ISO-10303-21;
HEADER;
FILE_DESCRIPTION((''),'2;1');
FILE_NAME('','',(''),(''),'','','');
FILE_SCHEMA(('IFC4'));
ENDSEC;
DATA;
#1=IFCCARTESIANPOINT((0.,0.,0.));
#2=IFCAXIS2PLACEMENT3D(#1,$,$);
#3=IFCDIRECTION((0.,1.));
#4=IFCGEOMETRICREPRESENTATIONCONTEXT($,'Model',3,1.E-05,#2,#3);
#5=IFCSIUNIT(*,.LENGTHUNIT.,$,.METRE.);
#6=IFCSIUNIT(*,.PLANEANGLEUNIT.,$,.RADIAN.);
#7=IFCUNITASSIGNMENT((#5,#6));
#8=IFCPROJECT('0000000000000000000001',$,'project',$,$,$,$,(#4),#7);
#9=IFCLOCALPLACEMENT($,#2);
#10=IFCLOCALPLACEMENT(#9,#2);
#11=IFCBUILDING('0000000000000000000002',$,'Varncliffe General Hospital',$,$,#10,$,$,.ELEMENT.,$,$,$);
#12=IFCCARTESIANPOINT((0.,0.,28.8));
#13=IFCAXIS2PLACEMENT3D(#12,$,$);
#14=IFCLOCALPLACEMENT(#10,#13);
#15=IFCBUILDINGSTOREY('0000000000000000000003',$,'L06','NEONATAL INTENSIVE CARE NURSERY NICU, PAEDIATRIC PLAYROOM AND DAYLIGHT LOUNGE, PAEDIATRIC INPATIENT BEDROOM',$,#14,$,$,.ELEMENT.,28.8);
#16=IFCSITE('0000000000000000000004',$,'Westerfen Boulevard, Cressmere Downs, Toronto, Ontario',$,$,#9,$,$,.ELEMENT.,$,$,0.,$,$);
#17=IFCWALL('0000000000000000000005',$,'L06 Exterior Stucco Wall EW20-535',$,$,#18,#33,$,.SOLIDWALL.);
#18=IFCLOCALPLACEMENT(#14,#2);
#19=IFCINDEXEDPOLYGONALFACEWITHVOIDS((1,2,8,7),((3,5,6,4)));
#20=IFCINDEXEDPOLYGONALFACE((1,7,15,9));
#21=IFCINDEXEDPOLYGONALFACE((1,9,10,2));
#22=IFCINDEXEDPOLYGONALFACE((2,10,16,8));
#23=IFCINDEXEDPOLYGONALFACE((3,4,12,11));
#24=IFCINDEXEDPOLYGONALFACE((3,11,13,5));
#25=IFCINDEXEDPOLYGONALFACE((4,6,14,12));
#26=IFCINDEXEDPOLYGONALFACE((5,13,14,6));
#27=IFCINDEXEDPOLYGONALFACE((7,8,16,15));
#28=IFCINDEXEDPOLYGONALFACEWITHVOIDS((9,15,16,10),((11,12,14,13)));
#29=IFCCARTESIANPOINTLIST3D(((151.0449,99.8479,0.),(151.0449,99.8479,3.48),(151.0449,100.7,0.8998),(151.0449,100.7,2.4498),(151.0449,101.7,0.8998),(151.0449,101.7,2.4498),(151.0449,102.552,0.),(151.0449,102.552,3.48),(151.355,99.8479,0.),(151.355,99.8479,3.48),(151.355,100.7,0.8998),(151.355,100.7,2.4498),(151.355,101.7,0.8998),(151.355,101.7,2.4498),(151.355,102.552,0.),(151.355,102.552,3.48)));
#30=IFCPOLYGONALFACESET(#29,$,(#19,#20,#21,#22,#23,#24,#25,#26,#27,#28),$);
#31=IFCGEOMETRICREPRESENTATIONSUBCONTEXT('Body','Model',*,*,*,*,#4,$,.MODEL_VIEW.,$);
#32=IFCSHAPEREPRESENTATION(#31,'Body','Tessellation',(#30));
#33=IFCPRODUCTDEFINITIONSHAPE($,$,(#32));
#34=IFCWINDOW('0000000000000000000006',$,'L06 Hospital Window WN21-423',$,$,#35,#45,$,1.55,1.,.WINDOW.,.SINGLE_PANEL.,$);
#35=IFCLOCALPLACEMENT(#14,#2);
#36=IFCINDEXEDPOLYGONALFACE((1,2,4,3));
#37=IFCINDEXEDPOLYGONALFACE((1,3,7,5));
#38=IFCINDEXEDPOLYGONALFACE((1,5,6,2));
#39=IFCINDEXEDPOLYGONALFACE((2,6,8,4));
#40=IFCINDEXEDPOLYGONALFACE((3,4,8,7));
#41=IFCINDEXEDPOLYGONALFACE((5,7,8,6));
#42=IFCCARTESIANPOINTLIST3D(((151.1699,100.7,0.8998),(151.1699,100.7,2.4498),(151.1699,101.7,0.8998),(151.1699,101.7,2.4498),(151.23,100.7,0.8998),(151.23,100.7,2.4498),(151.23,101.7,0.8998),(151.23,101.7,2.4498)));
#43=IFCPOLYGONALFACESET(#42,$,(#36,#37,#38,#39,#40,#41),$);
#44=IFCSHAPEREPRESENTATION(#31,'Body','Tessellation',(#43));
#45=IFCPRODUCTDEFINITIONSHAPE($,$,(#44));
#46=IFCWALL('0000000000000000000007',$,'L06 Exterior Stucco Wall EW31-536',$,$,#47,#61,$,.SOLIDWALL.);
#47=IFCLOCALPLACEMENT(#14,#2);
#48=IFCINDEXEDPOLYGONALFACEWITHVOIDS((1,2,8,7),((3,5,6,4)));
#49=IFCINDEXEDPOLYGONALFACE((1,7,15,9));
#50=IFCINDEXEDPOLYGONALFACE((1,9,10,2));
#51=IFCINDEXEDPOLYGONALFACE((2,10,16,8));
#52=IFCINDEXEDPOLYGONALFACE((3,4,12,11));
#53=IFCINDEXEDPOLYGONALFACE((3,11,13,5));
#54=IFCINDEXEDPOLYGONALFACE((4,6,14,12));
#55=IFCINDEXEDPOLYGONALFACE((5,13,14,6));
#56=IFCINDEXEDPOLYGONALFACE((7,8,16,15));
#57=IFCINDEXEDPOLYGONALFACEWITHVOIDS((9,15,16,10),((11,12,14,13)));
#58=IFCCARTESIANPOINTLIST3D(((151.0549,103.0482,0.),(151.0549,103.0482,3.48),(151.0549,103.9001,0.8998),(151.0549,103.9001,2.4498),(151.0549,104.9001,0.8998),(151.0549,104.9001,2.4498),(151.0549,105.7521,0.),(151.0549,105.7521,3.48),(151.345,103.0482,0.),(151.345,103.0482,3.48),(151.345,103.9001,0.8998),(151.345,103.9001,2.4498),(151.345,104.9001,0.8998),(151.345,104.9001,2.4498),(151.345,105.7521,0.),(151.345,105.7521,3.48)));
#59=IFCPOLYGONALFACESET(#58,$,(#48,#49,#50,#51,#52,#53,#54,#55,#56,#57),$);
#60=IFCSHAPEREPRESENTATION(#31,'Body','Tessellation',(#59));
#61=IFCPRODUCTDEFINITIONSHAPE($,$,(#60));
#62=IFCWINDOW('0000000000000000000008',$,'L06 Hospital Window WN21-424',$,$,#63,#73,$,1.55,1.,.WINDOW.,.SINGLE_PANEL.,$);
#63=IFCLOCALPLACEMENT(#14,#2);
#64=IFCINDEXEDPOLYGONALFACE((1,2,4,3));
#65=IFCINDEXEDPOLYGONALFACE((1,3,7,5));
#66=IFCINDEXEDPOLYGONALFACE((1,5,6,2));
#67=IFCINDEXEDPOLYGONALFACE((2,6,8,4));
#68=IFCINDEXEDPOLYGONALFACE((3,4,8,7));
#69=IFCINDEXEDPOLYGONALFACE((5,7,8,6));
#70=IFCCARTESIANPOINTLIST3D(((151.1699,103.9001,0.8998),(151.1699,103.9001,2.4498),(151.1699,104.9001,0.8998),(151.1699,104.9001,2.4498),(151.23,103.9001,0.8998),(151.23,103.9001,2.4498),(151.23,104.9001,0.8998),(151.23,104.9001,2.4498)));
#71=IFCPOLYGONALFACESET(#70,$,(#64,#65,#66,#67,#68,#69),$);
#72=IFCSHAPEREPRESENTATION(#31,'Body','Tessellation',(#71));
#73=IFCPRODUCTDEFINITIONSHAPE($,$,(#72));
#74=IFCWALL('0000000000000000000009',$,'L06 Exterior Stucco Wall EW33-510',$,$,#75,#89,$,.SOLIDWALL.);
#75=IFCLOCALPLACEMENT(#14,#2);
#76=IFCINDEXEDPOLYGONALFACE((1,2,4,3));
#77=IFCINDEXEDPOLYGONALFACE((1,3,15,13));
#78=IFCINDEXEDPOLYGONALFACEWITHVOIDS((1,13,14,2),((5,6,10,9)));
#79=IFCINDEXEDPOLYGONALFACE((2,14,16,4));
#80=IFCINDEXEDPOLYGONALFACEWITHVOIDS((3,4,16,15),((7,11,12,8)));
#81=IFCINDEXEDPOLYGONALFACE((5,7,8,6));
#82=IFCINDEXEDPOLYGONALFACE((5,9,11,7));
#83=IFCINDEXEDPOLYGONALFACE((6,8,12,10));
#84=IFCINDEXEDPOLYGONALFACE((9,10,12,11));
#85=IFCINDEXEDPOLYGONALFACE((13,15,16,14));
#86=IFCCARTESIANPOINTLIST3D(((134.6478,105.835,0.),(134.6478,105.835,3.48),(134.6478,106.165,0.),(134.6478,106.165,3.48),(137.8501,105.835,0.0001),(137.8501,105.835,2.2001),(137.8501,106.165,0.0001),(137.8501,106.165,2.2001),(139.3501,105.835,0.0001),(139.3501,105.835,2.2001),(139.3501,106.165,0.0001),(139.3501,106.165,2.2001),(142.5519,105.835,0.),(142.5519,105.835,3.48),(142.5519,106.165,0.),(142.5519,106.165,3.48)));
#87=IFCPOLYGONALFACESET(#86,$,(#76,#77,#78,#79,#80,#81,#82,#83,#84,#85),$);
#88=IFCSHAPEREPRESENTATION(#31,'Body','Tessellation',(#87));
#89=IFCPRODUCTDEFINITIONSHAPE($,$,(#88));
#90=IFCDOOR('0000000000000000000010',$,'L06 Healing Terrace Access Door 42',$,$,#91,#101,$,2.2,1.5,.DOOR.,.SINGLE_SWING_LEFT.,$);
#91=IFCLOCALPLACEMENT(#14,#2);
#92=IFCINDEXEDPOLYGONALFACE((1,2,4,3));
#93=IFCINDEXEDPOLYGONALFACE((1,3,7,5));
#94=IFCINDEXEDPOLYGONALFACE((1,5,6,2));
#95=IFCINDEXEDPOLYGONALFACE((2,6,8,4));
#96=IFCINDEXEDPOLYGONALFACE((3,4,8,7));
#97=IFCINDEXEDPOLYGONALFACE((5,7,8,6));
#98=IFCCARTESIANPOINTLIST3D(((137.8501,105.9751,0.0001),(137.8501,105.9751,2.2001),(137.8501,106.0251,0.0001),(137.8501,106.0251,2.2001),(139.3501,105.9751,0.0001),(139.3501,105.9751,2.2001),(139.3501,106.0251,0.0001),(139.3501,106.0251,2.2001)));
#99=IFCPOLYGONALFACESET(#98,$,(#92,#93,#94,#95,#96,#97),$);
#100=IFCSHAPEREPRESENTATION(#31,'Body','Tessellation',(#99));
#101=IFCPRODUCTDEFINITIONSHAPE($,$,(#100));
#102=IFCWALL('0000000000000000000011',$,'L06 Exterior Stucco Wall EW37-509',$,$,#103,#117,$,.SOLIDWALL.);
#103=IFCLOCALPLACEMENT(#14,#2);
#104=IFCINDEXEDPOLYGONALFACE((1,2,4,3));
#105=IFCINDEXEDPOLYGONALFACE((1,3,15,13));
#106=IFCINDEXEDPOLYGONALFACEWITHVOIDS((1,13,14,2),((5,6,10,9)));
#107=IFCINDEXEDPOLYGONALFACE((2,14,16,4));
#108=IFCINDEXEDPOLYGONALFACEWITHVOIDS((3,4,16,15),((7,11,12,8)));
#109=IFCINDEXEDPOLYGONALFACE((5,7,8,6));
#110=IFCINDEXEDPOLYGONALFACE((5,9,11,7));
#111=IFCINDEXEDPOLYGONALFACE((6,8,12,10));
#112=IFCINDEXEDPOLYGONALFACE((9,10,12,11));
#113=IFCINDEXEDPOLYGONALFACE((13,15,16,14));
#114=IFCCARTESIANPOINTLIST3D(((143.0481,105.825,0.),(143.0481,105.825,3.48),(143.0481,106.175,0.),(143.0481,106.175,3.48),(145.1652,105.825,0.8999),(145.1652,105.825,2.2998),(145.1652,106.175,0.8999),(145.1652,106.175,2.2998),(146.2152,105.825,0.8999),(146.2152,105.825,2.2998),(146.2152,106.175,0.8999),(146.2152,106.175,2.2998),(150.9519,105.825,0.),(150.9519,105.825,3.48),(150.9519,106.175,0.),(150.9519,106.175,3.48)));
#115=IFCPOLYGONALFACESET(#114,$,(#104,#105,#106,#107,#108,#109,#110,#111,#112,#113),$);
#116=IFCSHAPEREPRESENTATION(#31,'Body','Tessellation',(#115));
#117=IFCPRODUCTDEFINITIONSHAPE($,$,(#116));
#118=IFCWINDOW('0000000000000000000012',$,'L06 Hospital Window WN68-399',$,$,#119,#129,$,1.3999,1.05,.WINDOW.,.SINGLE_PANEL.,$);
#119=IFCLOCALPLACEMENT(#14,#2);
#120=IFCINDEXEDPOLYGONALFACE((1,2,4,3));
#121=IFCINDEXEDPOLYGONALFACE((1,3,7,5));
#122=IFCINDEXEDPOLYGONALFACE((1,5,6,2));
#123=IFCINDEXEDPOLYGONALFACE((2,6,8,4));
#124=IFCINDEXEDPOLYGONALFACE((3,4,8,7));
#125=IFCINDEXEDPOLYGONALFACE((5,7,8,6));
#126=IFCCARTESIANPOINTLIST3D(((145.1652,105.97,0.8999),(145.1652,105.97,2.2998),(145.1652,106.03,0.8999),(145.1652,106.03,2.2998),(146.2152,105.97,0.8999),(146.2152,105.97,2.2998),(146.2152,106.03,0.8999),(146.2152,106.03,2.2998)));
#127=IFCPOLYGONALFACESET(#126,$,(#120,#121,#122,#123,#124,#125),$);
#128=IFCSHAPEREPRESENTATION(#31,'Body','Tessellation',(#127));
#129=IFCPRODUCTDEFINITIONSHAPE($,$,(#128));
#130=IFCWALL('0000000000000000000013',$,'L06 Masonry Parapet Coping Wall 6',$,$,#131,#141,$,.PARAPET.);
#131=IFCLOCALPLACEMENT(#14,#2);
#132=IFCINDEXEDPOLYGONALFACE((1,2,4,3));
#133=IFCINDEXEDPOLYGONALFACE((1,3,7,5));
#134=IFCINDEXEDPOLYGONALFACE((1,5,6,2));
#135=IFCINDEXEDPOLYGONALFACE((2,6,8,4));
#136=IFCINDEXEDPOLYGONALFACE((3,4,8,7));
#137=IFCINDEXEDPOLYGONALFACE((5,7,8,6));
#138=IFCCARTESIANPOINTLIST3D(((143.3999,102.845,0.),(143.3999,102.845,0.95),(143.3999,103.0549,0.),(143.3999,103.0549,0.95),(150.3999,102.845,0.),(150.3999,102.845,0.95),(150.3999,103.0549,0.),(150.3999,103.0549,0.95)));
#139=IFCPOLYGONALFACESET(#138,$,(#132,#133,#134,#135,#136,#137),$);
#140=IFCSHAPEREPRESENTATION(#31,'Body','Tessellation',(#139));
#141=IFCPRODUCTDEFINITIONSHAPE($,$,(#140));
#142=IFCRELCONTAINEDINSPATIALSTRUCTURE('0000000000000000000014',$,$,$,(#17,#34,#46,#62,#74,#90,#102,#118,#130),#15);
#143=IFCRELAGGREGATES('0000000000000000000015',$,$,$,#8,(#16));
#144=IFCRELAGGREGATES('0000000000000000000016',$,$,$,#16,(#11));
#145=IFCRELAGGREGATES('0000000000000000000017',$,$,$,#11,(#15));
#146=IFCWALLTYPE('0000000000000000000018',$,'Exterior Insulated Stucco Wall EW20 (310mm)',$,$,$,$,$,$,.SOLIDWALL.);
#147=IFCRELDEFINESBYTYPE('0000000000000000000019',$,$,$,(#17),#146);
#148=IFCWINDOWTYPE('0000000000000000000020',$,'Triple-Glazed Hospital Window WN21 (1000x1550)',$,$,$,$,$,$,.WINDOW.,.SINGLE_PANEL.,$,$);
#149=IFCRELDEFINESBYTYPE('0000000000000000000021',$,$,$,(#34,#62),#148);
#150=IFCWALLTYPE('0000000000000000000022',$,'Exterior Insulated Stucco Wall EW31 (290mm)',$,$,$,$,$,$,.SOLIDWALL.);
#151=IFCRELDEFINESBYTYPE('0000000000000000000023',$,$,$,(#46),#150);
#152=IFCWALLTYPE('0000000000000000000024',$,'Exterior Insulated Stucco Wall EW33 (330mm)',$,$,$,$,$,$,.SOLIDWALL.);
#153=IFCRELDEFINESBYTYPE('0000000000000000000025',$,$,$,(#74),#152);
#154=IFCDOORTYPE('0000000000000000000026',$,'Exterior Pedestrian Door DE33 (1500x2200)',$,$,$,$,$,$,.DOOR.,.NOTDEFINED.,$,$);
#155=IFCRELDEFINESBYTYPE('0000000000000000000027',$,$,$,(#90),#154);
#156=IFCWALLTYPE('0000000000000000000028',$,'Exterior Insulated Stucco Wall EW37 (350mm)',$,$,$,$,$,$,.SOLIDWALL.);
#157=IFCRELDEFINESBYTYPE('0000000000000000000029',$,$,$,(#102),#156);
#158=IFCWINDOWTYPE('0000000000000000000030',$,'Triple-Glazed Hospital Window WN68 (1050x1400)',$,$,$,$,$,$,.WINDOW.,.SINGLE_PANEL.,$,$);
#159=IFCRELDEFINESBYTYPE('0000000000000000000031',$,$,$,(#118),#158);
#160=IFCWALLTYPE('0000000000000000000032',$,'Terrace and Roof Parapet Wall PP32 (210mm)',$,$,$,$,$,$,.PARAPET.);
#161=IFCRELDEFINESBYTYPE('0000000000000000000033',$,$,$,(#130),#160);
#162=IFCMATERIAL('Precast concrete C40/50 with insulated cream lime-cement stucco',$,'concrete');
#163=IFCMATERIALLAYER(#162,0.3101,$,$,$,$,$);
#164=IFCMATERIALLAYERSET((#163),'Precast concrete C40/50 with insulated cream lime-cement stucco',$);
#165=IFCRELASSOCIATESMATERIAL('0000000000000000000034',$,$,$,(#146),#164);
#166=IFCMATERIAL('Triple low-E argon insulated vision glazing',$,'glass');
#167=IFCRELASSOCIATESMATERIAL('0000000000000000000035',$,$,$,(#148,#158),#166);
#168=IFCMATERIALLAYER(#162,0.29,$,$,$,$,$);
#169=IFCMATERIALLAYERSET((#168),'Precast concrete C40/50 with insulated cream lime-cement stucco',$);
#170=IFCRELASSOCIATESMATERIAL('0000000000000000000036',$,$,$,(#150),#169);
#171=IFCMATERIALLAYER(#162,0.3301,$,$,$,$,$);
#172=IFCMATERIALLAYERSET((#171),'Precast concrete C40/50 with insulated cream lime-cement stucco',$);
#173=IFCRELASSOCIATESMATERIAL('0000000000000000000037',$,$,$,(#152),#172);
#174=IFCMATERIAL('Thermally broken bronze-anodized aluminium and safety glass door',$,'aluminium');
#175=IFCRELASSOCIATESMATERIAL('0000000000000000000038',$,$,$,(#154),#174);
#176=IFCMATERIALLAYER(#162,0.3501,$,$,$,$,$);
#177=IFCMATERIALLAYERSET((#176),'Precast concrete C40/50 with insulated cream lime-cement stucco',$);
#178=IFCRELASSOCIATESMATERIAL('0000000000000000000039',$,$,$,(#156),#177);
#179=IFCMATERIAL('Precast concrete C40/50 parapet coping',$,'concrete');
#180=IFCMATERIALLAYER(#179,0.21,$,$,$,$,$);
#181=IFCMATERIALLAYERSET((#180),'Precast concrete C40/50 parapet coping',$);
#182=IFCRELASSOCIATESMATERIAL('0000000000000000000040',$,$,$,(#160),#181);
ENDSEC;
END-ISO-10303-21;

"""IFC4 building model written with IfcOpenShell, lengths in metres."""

from ifc_helpers import new_model, si_unit, direction, frame, frame_2d, origin, place, context, subcontext, project, spatial, rectangle, extrude, material, layer, layer_set, type_object, element, fill, save


model = new_model("IFC4")

# Units and contexts
model_context = context("Model", 3, precision=1e-05, world=origin(), true_north=direction((0.0, 1.0)))
body_context = subcontext(model_context, "Body", "Model", "MODEL_VIEW")
ifc_project = project(units=[si_unit("LENGTHUNIT", "METRE"), si_unit("PLANEANGLEUNIT", "RADIAN")], contexts=[model_context])

# Site, building, storey
site_placement = place(None, origin())
site = spatial("IfcSite", under=ifc_project, at=site_placement, Name="Westerfen Boulevard, Cressmere Downs, Toronto, Ontario", CompositionType="ELEMENT", RefElevation=0.0)
building_placement = place(site_placement, origin())
building = spatial("IfcBuilding", under=site, at=building_placement, Name="Varncliffe General Hospital", CompositionType="ELEMENT")
storey_placement = place(building_placement, frame((0.0, 0.0, 28.8)))
storey = spatial("IfcBuildingStorey", under=building, at=storey_placement, Name="L06", Description="NEONATAL INTENSIVE CARE NURSERY NICU, PAEDIATRIC PLAYROOM AND DAYLIGHT LOUNGE, PAEDIATRIC INPATIENT BEDROOM", CompositionType="ELEMENT", Elevation=28.8)

# Walls, openings, windows
ifc_material_1 = material(Name="Precast concrete C40/50 with insulated cream lime-cement stucco", Category="concrete")
ifc_layer_1 = layer(ifc_material_1, 0.3101)
ifc_layer_set_1 = layer_set([ifc_layer_1], Name="Precast concrete C40/50 with insulated cream lime-cement stucco")
wall_type_1 = type_object("IfcWallType", Name="Exterior Insulated Stucco Wall EW20 (310mm)", PredefinedType="SOLIDWALL", material=ifc_layer_set_1)
wall_1_placement = place(storey_placement, frame((151.2, 99.8479, 0.0), z_axis=(0.0, 0.0, 1.0), x_axis=(0.0, 1.0, 0.0)))
wall_1 = element("IfcWall", 1, at=wall_1_placement, inside=storey, type_object=wall_type_1, Name="L06 Exterior Stucco Wall EW20-535", PredefinedType="SOLIDWALL", context=body_context, shape_type="SweptSolid", body=[
    extrude(rectangle(XDim=2.7041, YDim=0.3101, at=frame_2d((1.3521, 0.0))), origin(), (0.0, 0.0, 1.0), 3.48),
])
opening_1_placement = place(wall_1_placement, frame((0.8521, 0.0, 0.8999)))
opening_1 = element("IfcOpeningElement", 2, at=opening_1_placement, cuts=wall_1, PredefinedType="OPENING", context=body_context, shape_type="SweptSolid", body=[
    extrude(rectangle(XDim=1.0, YDim=1.55, at=frame_2d((0.5, 0.7749))), frame((0.0, 0.165, 0.0), z_axis=(0.0, -1.0, 0.0), x_axis=(1.0, 0.0, 0.0)), (0.0, 0.0, 1.0), 0.3301),
])
ifc_material_2 = material(Name="Triple low-E argon insulated vision glazing", Category="glass")
window_type_1 = type_object("IfcWindowType", Name="Triple-Glazed Hospital Window WN21 (1000x1550)", PartitioningType="SINGLE_PANEL", PredefinedType="WINDOW", material=ifc_material_2)
window_1_placement = place(opening_1_placement, origin())
window_1 = element("IfcWindow", 3, at=window_1_placement, inside=storey, type_object=window_type_1, Name="L06 Hospital Window WN21-423", OverallHeight=1.55, OverallWidth=1.0, PartitioningType="SINGLE_PANEL", PredefinedType="WINDOW", context=body_context, shape_type="SweptSolid", body=[
    extrude(rectangle(XDim=1.0, YDim=1.55, at=frame_2d((0.5, 0.7749))), frame((0.0, 0.03, 0.0), z_axis=(0.0, -1.0, 0.0), x_axis=(1.0, 0.0, 0.0)), (0.0, 0.0, 1.0), 0.0601),
])
fill(opening_1, window_1)
ifc_layer_2 = layer(ifc_material_1, 0.29)
ifc_layer_set_2 = layer_set([ifc_layer_2], Name="Precast concrete C40/50 with insulated cream lime-cement stucco")
wall_type_2 = type_object("IfcWallType", Name="Exterior Insulated Stucco Wall EW31 (290mm)", PredefinedType="SOLIDWALL", material=ifc_layer_set_2)
wall_2_placement = place(storey_placement, frame((151.2, 103.0481, 0.0), z_axis=(0.0, 0.0, 1.0), x_axis=(0.0, 1.0, 0.0)))
wall_2 = element("IfcWall", 4, at=wall_2_placement, inside=storey, type_object=wall_type_2, Name="L06 Exterior Stucco Wall EW31-536", PredefinedType="SOLIDWALL", context=body_context, shape_type="SweptSolid", body=[
    extrude(rectangle(XDim=2.7039, YDim=0.29, at=frame_2d((1.3521, 0.0))), origin(), (0.0, 0.0, 1.0), 3.48),
])
opening_2_placement = place(wall_2_placement, frame((0.8521, 0.0, 0.8999)))
opening_2 = element("IfcOpeningElement", 5, at=opening_2_placement, cuts=wall_2, PredefinedType="OPENING", context=body_context, shape_type="SweptSolid", body=[
    extrude(rectangle(XDim=1.0, YDim=1.55, at=frame_2d((0.5, 0.7749))), frame((0.0, 0.155, 0.0), z_axis=(0.0, -1.0, 0.0), x_axis=(1.0, 0.0, 0.0)), (0.0, 0.0, 1.0), 0.3101),
])
window_2_placement = place(opening_2_placement, origin())
window_2 = element("IfcWindow", 6, at=window_2_placement, inside=storey, type_object=window_type_1, Name="L06 Hospital Window WN21-424", OverallHeight=1.55, OverallWidth=1.0, PartitioningType="SINGLE_PANEL", PredefinedType="WINDOW", context=body_context, shape_type="SweptSolid", body=[
    extrude(rectangle(XDim=1.0, YDim=1.55, at=frame_2d((0.5, 0.7749))), frame((0.0, 0.03, 0.0), z_axis=(0.0, -1.0, 0.0), x_axis=(1.0, 0.0, 0.0)), (0.0, 0.0, 1.0), 0.0601),
])
fill(opening_2, window_2)

# Wall, opening, door
ifc_layer_3 = layer(ifc_material_1, 0.3301)
ifc_layer_set_3 = layer_set([ifc_layer_3], Name="Precast concrete C40/50 with insulated cream lime-cement stucco")
wall_type_3 = type_object("IfcWallType", Name="Exterior Insulated Stucco Wall EW33 (330mm)", PredefinedType="SOLIDWALL", material=ifc_layer_set_3)
wall_3_placement = place(storey_placement, frame((142.552, 106.0, 0.0), z_axis=(0.0, 0.0, 1.0), x_axis=(-1.0, 0.0, 0.0)))
wall_3 = element("IfcWall", 7, at=wall_3_placement, inside=storey, type_object=wall_type_3, Name="L06 Exterior Stucco Wall EW33-510", PredefinedType="SOLIDWALL", context=body_context, shape_type="SweptSolid", body=[
    extrude(rectangle(XDim=7.9041, YDim=0.3301, at=frame_2d((3.9521, 0.0))), origin(), (0.0, 0.0, 1.0), 3.48),
])
opening_3_placement = place(wall_3_placement, frame((3.2019, 0.0, 0.0)))
opening_3 = element("IfcOpeningElement", 8, at=opening_3_placement, cuts=wall_3, PredefinedType="OPENING", context=body_context, shape_type="SweptSolid", body=[
    extrude(rectangle(XDim=1.5, YDim=2.2, at=frame_2d((0.75, 1.1001))), frame((0.0, 0.175, 0.0), z_axis=(0.0, -1.0, 0.0), x_axis=(1.0, 0.0, 0.0)), (0.0, 0.0, 1.0), 0.3501),
])
ifc_material_3 = material(Name="Thermally broken bronze-anodized aluminium and safety glass door", Category="aluminium")
door_type_1 = type_object("IfcDoorType", Name="Exterior Pedestrian Door DE33 (1500x2200)", OperationType="NOTDEFINED", PredefinedType="DOOR", material=ifc_material_3)
door_1_placement = place(opening_3_placement, origin())
door_1 = element("IfcDoor", 9, at=door_1_placement, inside=storey, type_object=door_type_1, Name="L06 Healing Terrace Access Door 42", OperationType="SINGLE_SWING_LEFT", OverallHeight=2.2, OverallWidth=1.5, PredefinedType="DOOR", context=body_context, shape_type="SweptSolid", body=[
    extrude(rectangle(XDim=1.5, YDim=2.2, at=frame_2d((0.75, 1.1001))), frame((0.0, 0.0249, 0.0), z_axis=(0.0, -1.0, 0.0), x_axis=(1.0, 0.0, 0.0)), (0.0, 0.0, 1.0), 0.05),
])
fill(opening_3, door_1)

# Wall, opening, window
ifc_layer_4 = layer(ifc_material_1, 0.3501)
ifc_layer_set_4 = layer_set([ifc_layer_4], Name="Precast concrete C40/50 with insulated cream lime-cement stucco")
wall_type_4 = type_object("IfcWallType", Name="Exterior Insulated Stucco Wall EW37 (350mm)", PredefinedType="SOLIDWALL", material=ifc_layer_set_4)
wall_4_placement = place(storey_placement, frame((150.9519, 106.0, 0.0), z_axis=(0.0, 0.0, 1.0), x_axis=(-1.0, 0.0, 0.0)))
wall_4 = element("IfcWall", 10, at=wall_4_placement, inside=storey, type_object=wall_type_4, Name="L06 Exterior Stucco Wall EW37-509", PredefinedType="SOLIDWALL", context=body_context, shape_type="SweptSolid", body=[
    extrude(rectangle(XDim=7.9038, YDim=0.3501, at=frame_2d((3.9519, 0.0))), origin(), (0.0, 0.0, 1.0), 3.48),
])
opening_4_placement = place(wall_4_placement, frame((4.7368, 0.0, 0.8999)))
opening_4 = element("IfcOpeningElement", 11, at=opening_4_placement, cuts=wall_4, PredefinedType="OPENING", context=body_context, shape_type="SweptSolid", body=[
    extrude(rectangle(XDim=1.05, YDim=1.3999, at=frame_2d((0.5249, 0.7))), frame((0.0, 0.1851, 0.0), z_axis=(0.0, -1.0, 0.0), x_axis=(1.0, 0.0, 0.0)), (0.0, 0.0, 1.0), 0.3701),
])
window_type_2 = type_object("IfcWindowType", Name="Triple-Glazed Hospital Window WN68 (1050x1400)", PartitioningType="SINGLE_PANEL", PredefinedType="WINDOW", material=ifc_material_2)
window_3_placement = place(opening_4_placement, origin())
window_3 = element("IfcWindow", 12, at=window_3_placement, inside=storey, type_object=window_type_2, Name="L06 Hospital Window WN68-399", OverallHeight=1.3999, OverallWidth=1.05, PartitioningType="SINGLE_PANEL", PredefinedType="WINDOW", context=body_context, shape_type="SweptSolid", body=[
    extrude(rectangle(XDim=1.05, YDim=1.3999, at=frame_2d((0.5249, 0.7))), frame((0.0, 0.03, 0.0), z_axis=(0.0, -1.0, 0.0), x_axis=(1.0, 0.0, 0.0)), (0.0, 0.0, 1.0), 0.0601),
])
fill(opening_4, window_3)

# Wall
ifc_material_4 = material(Name="Precast concrete C40/50 parapet coping", Category="concrete")
ifc_layer_5 = layer(ifc_material_4, 0.21)
ifc_layer_set_5 = layer_set([ifc_layer_5], Name="Precast concrete C40/50 parapet coping")
wall_type_5 = type_object("IfcWallType", Name="Terrace and Roof Parapet Wall PP32 (210mm)", PredefinedType="PARAPET", material=ifc_layer_set_5)
wall_5_placement = place(storey_placement, frame((143.3999, 102.95, 0.0), z_axis=(0.0, 0.0, 1.0), x_axis=(1.0, 0.0, 0.0)))
element("IfcWall", 13, at=wall_5_placement, inside=storey, type_object=wall_type_5, Name="L06 Masonry Parapet Coping Wall 6", PredefinedType="PARAPET", context=body_context, shape_type="SweptSolid", body=[
    extrude(rectangle(XDim=7.0, YDim=0.21, at=frame_2d((3.5, 0.0))), origin(), (0.0, 0.0, 1.0), 0.95),
])

save(model, "model.ifc")
